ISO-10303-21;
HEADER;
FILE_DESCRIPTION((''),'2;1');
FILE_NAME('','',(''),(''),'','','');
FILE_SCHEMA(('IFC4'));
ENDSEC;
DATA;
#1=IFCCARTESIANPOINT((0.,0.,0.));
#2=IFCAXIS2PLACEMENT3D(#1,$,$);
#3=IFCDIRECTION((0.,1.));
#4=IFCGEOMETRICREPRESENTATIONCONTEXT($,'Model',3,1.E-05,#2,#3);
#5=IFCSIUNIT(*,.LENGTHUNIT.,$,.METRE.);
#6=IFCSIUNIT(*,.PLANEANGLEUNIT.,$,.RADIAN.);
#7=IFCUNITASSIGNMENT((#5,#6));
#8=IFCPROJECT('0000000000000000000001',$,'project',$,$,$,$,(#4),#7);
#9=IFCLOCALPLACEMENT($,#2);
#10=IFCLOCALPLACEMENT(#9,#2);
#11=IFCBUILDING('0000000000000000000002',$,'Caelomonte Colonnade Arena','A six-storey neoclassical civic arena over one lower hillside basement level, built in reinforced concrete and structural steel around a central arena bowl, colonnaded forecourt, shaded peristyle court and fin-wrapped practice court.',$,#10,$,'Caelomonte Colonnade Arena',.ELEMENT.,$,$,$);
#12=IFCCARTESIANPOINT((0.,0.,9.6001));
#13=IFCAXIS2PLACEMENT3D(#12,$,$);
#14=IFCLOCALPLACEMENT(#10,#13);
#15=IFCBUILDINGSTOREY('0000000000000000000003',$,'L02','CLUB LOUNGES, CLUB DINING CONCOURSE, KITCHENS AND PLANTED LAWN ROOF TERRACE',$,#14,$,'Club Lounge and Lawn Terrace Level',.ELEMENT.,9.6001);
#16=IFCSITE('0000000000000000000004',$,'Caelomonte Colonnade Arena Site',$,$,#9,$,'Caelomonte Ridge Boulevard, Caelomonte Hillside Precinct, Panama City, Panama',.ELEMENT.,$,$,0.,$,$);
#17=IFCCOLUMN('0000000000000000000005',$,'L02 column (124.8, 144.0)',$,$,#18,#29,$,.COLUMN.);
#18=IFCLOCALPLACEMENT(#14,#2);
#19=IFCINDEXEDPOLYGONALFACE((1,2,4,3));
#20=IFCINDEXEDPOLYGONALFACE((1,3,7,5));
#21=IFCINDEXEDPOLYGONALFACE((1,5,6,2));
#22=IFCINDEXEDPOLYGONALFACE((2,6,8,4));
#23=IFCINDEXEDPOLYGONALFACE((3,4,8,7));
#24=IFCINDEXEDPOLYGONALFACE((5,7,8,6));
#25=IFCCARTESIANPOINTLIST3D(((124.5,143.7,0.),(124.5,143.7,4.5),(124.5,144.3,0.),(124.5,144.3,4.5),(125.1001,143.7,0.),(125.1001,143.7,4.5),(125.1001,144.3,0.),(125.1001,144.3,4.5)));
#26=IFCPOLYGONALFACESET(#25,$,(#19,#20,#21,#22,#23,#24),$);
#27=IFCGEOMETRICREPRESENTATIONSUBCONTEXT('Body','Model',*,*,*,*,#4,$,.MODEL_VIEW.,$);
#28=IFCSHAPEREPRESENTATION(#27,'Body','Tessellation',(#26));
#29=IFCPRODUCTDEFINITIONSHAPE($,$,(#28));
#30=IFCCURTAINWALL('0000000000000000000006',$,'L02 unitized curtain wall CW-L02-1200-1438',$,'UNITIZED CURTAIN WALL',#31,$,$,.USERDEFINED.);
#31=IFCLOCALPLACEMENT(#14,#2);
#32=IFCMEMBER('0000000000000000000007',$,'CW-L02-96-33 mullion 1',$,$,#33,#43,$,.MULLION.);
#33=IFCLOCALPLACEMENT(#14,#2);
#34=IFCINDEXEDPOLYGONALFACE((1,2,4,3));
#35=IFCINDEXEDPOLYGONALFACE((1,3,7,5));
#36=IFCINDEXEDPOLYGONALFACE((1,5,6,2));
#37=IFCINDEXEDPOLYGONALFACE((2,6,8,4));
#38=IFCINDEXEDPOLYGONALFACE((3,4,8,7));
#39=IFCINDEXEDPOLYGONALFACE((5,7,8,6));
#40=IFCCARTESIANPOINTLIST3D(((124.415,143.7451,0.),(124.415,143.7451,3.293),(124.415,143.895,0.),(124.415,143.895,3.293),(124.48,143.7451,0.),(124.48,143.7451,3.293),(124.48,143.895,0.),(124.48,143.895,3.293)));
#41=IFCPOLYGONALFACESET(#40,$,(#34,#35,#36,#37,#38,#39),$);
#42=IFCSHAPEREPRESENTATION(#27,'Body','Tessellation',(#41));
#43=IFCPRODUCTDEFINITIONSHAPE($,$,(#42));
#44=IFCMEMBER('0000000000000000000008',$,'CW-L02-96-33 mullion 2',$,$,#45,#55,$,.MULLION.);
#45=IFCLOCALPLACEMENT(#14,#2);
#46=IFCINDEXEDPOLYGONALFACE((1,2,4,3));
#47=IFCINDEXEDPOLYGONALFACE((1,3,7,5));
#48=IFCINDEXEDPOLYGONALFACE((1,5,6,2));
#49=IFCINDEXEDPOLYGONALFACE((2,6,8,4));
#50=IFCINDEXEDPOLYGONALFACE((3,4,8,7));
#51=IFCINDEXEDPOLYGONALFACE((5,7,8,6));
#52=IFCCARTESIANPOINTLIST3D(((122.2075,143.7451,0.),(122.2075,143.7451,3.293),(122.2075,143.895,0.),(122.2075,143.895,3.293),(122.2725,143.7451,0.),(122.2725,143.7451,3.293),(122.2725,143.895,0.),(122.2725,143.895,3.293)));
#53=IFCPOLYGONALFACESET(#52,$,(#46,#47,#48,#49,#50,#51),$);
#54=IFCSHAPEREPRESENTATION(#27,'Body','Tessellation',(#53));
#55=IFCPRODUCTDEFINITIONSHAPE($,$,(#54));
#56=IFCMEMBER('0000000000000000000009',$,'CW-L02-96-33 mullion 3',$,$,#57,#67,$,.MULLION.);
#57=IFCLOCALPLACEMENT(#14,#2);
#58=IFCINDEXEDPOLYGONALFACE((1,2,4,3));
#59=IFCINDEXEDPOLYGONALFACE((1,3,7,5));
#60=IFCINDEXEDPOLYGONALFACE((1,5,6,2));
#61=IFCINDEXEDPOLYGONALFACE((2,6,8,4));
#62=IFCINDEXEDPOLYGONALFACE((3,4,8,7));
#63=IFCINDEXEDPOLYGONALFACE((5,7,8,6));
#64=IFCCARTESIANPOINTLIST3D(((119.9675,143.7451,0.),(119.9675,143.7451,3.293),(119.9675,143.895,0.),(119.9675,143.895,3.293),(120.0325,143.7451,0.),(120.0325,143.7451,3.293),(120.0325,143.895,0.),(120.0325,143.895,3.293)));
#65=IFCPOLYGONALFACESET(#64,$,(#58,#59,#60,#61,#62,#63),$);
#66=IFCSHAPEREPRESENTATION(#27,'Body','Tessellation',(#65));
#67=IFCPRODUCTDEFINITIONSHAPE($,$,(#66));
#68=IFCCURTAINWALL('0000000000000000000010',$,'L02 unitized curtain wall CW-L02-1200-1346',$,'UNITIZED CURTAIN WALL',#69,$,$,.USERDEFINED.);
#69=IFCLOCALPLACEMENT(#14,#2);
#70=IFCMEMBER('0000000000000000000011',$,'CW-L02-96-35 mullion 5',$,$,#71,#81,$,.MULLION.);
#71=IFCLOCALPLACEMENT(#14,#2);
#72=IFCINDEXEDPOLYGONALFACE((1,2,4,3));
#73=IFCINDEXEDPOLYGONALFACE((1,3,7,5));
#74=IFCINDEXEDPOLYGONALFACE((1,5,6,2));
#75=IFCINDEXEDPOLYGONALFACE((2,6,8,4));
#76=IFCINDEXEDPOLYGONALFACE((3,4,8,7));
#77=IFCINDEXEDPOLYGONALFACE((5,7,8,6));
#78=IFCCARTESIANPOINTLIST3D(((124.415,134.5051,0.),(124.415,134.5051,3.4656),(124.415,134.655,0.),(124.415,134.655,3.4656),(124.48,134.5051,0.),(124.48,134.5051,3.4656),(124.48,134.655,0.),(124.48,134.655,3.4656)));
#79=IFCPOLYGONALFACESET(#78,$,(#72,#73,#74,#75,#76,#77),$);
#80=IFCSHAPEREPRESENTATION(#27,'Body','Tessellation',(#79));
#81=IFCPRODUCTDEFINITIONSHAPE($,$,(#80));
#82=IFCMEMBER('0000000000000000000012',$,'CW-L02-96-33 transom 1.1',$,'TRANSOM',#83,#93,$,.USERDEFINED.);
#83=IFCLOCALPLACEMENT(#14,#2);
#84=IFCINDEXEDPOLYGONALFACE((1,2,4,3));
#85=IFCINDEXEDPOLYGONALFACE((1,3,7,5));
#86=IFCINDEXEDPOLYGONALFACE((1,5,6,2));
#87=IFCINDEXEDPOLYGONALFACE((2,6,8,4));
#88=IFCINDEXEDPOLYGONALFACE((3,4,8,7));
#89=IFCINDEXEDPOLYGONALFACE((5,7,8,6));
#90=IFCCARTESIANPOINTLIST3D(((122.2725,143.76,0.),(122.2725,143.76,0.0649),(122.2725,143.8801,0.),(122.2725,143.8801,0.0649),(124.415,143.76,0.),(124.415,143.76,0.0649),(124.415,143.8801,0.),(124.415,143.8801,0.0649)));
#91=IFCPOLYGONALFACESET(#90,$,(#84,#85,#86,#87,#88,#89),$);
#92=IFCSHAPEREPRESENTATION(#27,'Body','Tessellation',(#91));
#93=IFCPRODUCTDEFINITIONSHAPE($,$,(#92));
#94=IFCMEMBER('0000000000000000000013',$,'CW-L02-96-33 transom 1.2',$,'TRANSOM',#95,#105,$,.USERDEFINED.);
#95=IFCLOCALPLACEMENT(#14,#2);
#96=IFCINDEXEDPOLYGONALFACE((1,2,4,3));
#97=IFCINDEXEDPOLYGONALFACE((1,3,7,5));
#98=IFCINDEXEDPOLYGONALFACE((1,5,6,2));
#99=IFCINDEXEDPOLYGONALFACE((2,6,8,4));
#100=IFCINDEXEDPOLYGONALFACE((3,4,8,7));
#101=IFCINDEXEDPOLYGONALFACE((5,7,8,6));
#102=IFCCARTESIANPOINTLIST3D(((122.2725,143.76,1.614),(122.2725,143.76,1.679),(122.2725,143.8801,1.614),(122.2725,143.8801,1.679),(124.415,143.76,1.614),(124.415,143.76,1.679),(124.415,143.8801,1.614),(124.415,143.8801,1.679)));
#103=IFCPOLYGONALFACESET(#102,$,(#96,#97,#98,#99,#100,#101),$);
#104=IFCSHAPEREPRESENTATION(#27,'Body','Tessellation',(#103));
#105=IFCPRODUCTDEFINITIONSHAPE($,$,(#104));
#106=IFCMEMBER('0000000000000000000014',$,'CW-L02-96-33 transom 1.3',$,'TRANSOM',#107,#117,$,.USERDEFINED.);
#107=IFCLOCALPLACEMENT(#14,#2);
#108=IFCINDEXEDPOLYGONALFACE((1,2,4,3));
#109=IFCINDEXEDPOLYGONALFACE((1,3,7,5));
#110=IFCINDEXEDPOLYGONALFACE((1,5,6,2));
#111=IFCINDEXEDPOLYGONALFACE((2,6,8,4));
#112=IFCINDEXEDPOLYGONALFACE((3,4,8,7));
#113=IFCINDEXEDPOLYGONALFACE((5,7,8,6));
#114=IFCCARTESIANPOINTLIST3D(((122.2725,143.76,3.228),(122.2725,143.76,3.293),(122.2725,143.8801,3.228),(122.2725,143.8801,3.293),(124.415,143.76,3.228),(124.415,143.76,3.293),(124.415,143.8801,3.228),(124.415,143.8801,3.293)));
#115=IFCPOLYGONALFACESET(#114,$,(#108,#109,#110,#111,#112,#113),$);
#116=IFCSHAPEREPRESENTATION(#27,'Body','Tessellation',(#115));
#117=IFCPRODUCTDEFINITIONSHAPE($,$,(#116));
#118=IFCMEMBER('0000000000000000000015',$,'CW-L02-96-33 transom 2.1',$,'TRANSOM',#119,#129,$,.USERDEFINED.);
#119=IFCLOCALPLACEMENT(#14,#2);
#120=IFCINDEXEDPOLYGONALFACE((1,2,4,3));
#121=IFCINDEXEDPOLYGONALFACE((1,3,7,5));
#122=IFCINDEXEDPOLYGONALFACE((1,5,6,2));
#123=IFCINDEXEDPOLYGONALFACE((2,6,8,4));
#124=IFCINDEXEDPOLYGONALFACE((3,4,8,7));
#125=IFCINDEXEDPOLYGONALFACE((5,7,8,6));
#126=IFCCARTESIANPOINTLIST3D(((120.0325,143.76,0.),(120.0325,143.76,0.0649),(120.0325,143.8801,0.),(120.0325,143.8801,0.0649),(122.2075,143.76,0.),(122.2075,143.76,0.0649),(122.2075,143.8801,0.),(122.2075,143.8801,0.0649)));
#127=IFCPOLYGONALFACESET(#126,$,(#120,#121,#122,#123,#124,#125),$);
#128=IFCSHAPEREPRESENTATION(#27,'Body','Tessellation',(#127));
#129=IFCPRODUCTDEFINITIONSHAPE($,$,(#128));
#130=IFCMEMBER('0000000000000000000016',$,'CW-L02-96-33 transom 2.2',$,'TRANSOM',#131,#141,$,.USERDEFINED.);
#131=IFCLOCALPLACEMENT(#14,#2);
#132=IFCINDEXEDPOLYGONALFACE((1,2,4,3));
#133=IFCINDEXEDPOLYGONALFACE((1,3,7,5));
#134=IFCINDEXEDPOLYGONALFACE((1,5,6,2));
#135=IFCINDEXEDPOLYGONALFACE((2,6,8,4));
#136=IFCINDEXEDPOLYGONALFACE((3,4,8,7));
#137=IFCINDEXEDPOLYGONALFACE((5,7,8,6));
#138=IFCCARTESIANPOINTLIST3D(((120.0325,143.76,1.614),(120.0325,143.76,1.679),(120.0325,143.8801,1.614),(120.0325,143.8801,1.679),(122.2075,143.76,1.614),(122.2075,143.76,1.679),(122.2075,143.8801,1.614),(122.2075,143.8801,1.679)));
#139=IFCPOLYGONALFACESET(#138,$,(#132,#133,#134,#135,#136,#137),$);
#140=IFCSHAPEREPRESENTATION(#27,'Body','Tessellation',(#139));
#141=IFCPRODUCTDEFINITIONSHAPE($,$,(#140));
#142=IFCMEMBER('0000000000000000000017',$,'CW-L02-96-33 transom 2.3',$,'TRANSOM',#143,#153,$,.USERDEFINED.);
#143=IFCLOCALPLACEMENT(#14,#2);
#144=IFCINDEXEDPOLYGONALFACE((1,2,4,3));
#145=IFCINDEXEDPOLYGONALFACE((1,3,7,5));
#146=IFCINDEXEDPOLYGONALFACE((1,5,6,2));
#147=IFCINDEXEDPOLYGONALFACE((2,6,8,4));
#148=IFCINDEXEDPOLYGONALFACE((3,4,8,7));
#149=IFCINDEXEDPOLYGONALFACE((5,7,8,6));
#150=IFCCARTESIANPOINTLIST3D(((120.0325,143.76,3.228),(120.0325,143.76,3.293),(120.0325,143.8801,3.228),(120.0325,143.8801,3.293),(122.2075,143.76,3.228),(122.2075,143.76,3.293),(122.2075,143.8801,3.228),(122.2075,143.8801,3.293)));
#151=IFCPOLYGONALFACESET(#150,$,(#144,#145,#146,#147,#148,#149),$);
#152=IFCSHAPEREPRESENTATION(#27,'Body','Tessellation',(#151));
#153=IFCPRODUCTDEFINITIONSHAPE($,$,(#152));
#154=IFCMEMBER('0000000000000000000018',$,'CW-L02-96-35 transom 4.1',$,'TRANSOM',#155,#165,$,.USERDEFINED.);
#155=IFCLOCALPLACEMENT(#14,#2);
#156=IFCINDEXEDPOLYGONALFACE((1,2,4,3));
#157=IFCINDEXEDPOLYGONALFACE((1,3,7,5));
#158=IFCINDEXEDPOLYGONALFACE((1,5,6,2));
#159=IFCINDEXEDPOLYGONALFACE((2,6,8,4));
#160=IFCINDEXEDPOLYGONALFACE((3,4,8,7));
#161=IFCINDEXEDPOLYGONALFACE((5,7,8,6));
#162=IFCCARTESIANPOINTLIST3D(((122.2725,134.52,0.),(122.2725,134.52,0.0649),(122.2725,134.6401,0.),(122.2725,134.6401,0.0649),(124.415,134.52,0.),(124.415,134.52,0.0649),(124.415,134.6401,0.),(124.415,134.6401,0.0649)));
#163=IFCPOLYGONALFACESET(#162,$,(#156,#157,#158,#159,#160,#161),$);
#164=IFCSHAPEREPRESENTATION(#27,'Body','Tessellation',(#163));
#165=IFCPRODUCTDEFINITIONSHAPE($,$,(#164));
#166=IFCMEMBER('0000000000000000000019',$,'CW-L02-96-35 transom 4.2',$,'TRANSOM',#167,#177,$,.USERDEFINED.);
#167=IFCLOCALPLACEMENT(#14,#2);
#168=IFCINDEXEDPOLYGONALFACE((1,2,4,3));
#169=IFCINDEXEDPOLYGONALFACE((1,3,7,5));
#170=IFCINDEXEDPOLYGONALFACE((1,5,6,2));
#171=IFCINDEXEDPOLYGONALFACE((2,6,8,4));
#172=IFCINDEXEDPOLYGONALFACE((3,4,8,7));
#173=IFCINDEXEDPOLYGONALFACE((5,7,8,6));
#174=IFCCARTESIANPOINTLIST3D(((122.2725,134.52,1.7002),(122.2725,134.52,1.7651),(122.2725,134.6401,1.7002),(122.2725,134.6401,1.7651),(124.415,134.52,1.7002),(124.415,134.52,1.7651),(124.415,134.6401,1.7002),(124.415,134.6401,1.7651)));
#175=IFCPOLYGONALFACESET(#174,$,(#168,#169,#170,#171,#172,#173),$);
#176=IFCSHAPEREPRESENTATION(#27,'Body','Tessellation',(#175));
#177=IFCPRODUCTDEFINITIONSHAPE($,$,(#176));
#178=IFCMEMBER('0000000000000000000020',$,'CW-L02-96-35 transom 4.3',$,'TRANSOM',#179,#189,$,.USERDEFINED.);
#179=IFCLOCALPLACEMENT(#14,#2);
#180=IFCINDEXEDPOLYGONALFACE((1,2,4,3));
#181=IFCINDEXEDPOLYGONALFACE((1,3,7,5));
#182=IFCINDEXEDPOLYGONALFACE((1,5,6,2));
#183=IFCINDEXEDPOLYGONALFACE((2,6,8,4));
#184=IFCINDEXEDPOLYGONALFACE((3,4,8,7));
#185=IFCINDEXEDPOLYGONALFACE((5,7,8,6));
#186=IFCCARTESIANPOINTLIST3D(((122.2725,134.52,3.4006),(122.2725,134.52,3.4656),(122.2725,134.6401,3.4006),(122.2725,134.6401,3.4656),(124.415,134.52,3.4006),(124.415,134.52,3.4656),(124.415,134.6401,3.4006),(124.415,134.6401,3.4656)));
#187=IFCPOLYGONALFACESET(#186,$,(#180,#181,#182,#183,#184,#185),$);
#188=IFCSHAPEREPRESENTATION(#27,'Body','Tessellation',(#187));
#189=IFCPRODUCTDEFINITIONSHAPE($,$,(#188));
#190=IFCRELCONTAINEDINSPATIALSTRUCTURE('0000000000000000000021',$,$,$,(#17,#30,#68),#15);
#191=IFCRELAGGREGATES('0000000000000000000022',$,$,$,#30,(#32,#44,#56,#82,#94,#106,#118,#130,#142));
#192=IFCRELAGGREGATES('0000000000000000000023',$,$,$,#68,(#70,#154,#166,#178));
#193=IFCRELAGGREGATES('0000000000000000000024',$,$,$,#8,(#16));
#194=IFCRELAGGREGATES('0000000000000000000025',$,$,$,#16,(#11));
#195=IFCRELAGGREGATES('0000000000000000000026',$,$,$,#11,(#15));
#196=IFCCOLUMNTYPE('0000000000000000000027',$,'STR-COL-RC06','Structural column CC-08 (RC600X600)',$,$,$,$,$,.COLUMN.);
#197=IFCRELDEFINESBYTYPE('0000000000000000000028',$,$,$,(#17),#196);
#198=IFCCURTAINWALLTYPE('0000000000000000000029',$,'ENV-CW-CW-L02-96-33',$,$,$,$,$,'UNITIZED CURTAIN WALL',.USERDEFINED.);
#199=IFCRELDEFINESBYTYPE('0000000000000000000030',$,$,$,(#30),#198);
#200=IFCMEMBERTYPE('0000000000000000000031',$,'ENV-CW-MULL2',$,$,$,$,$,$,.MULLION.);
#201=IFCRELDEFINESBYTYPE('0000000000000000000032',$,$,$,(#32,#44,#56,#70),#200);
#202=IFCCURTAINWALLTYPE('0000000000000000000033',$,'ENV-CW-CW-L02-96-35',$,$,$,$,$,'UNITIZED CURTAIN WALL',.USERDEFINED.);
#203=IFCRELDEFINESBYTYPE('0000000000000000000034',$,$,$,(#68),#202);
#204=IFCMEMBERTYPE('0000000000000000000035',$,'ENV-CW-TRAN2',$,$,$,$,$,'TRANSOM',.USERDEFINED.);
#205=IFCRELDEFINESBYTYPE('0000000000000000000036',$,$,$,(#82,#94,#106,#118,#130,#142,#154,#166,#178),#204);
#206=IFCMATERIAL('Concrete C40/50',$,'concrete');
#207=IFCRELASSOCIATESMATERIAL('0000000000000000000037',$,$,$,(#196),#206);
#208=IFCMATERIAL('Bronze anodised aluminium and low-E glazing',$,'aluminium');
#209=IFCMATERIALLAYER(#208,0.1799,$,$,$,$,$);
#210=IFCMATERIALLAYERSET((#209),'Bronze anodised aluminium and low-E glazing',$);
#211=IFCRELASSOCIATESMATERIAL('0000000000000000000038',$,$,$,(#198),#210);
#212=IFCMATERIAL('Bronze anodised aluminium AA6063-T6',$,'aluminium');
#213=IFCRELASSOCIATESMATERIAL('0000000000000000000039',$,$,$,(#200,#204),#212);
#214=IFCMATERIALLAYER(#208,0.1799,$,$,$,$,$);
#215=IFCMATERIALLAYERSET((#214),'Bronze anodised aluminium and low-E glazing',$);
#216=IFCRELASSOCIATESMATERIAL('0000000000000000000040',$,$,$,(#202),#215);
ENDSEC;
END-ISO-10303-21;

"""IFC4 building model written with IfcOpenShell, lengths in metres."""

from ifc_helpers import new_model, si_unit, direction, frame, origin, origin_2d, place, context, subcontext, project, spatial, rectangle, extrude, material, layer, layer_set, material_profile, profile_set, type_object, element, aggregate, save


model = new_model("IFC4")

# Units and contexts
model_context = context("Model", 3, precision=1e-05, world=origin(), true_north=direction((0.0, 1.0)))
body_context = subcontext(model_context, "Body", "Model", "MODEL_VIEW")
ifc_project = project(units=[si_unit("LENGTHUNIT", "METRE"), si_unit("PLANEANGLEUNIT", "RADIAN")], contexts=[model_context])

# Site, building, storey
site_placement = place(None, origin())
site = spatial("IfcSite", under=ifc_project, at=site_placement, Name="Caelomonte Colonnade Arena Site", LongName="Caelomonte Ridge Boulevard, Caelomonte Hillside Precinct, Panama City, Panama", CompositionType="ELEMENT", RefElevation=0.0)
building_placement = place(site_placement, origin())
building = spatial("IfcBuilding", under=site, at=building_placement, Name="Caelomonte Colonnade Arena", Description="A six-storey neoclassical civic arena over one lower hillside basement level, built in reinforced concrete and structural steel around a central arena bowl, colonnaded forecourt, shaded peristyle court and fin-wrapped practice court.", LongName="Caelomonte Colonnade Arena", CompositionType="ELEMENT")
storey_placement = place(building_placement, frame((0.0, 0.0, 9.6001)))
storey = spatial("IfcBuildingStorey", under=building, at=storey_placement, Name="L02", Description="CLUB LOUNGES, CLUB DINING CONCOURSE, KITCHENS AND PLANTED LAWN ROOF TERRACE", LongName="Club Lounge and Lawn Terrace Level", CompositionType="ELEMENT", Elevation=9.6001)

# Column
ifc_material_1 = material(Name="Concrete C40/50", Category="concrete")
ifc_material_profile_1 = material_profile(ifc_material_1, rectangle(XDim=0.6001, YDim=0.6001, at=origin_2d()), Name="RC600X600")
ifc_profile_set_1 = profile_set([ifc_material_profile_1], Name="Concrete C40/50")
column_type = type_object("IfcColumnType", Name="STR-COL-RC06", Description="Structural column CC-08 (RC600X600)", PredefinedType="COLUMN", material=ifc_profile_set_1)
column_placement = place(storey_placement, frame((124.8, 144.0, 0.0), z_axis=(0.0, 0.0, 1.0), x_axis=(1.0, 0.0, 0.0)))
element("IfcColumn", 1, at=column_placement, inside=storey, type_object=column_type, Name="L02 column (124.8, 144.0)", PredefinedType="COLUMN", context=body_context, shape_type="SweptSolid", body=[
    extrude(rectangle(XDim=0.6001, YDim=0.6001, at=origin_2d()), origin(), (0.0, 0.0, 1.0), 4.5),
])

# Curtain wall, members
ifc_material_2 = material(Name="Bronze anodised aluminium and low-E glazing", Category="aluminium")
ifc_layer_1 = layer(ifc_material_2, 0.1799)
ifc_layer_set_1 = layer_set([ifc_layer_1], Name="Bronze anodised aluminium and low-E glazing")
curtain_wall_type_1 = type_object("IfcCurtainWallType", Name="ENV-CW-CW-L02-96-33", ElementType="UNITIZED CURTAIN WALL", PredefinedType="USERDEFINED", material=ifc_layer_set_1)
curtain_wall_1_placement = place(storey_placement, origin())
curtain_wall_1 = element("IfcCurtainWall", 2, at=curtain_wall_1_placement, inside=storey, type_object=curtain_wall_type_1, Name="L02 unitized curtain wall CW-L02-1200-1438", ObjectType="UNITIZED CURTAIN WALL", PredefinedType="USERDEFINED")
ifc_material_3 = material(Name="Bronze anodised aluminium AA6063-T6", Category="aluminium")
ifc_material_profile_2 = material_profile(ifc_material_3, rectangle(XDim=0.0649, YDim=0.1499, at=origin_2d()), Name="CWM-65X150")
ifc_profile_set_2 = profile_set([ifc_material_profile_2], Name="Bronze anodised aluminium AA6063-T6")
member_type_1 = type_object("IfcMemberType", Name="ENV-CW-MULL2", PredefinedType="MULLION", material=ifc_profile_set_2)
member_1_placement = place(storey_placement, frame((124.4475, 143.8201, 0.0), z_axis=(0.0, 0.0, 1.0), x_axis=(-1.0, 0.0, 0.0)))
member_1 = element("IfcMember", 3, at=member_1_placement, type_object=member_type_1, Name="CW-L02-96-33 mullion 1", PredefinedType="MULLION", context=body_context, shape_type="SweptSolid", body=[
    extrude(rectangle(XDim=0.0649, YDim=0.1499, at=origin_2d()), origin(), (0.0, 0.0, 1.0), 3.293),
])
member_2_placement = place(storey_placement, frame((122.24, 143.8201, 0.0), z_axis=(0.0, 0.0, 1.0), x_axis=(-1.0, 0.0, 0.0)))
member_2 = element("IfcMember", 4, at=member_2_placement, type_object=member_type_1, Name="CW-L02-96-33 mullion 2", PredefinedType="MULLION", context=body_context, shape_type="SweptSolid", body=[
    extrude(rectangle(XDim=0.0649, YDim=0.1499, at=origin_2d()), origin(), (0.0, 0.0, 1.0), 3.293),
])
member_3_placement = place(storey_placement, frame((120.0, 143.8201, 0.0), z_axis=(0.0, 0.0, 1.0), x_axis=(-1.0, 0.0, 0.0)))
member_3 = element("IfcMember", 5, at=member_3_placement, type_object=member_type_1, Name="CW-L02-96-33 mullion 3", PredefinedType="MULLION", context=body_context, shape_type="SweptSolid", body=[
    extrude(rectangle(XDim=0.0649, YDim=0.1499, at=origin_2d()), origin(), (0.0, 0.0, 1.0), 3.293),
])

# Curtain wall, member
ifc_layer_2 = layer(ifc_material_2, 0.1799)
ifc_layer_set_2 = layer_set([ifc_layer_2], Name="Bronze anodised aluminium and low-E glazing")
curtain_wall_type_2 = type_object("IfcCurtainWallType", Name="ENV-CW-CW-L02-96-35", ElementType="UNITIZED CURTAIN WALL", PredefinedType="USERDEFINED", material=ifc_layer_set_2)
curtain_wall_2_placement = place(storey_placement, origin())
curtain_wall_2 = element("IfcCurtainWall", 6, at=curtain_wall_2_placement, inside=storey, type_object=curtain_wall_type_2, Name="L02 unitized curtain wall CW-L02-1200-1346", ObjectType="UNITIZED CURTAIN WALL", PredefinedType="USERDEFINED")
member_4_placement = place(storey_placement, frame((124.4475, 134.5801, 0.0), z_axis=(0.0, 0.0, 1.0), x_axis=(1.0, 0.0, 0.0)))
member_4 = element("IfcMember", 7, at=member_4_placement, type_object=member_type_1, Name="CW-L02-96-35 mullion 5", PredefinedType="MULLION", context=body_context, shape_type="SweptSolid", body=[
    extrude(rectangle(XDim=0.0649, YDim=0.1499, at=origin_2d()), origin(), (0.0, 0.0, 1.0), 3.4656),
])

# Members
ifc_material_profile_3 = material_profile(ifc_material_3, rectangle(XDim=0.0649, YDim=0.1201, at=origin_2d()), Name="CWT-65X120")
ifc_profile_set_3 = profile_set([ifc_material_profile_3], Name="Bronze anodised aluminium AA6063-T6")
member_type_2 = type_object("IfcMemberType", Name="ENV-CW-TRAN2", ElementType="TRANSOM", PredefinedType="USERDEFINED", material=ifc_profile_set_3)
member_5_placement = place(storey_placement, frame((124.415, 143.8201, 0.0325), z_axis=(-1.0, 0.0, 0.0), x_axis=(0.0, 0.0, 1.0)))
member_5 = element("IfcMember", 8, at=member_5_placement, type_object=member_type_2, Name="CW-L02-96-33 transom 1.1", ObjectType="TRANSOM", PredefinedType="USERDEFINED", context=body_context, shape_type="SweptSolid", body=[
    extrude(rectangle(XDim=0.0649, YDim=0.1201, at=origin_2d()), origin(), (0.0, 0.0, 1.0), 2.1426),
])
member_6_placement = place(storey_placement, frame((124.415, 143.8201, 1.6465), z_axis=(-1.0, 0.0, 0.0), x_axis=(0.0, 0.0, 1.0)))
member_6 = element("IfcMember", 9, at=member_6_placement, type_object=member_type_2, Name="CW-L02-96-33 transom 1.2", ObjectType="TRANSOM", PredefinedType="USERDEFINED", context=body_context, shape_type="SweptSolid", body=[
    extrude(rectangle(XDim=0.0649, YDim=0.1201, at=origin_2d()), origin(), (0.0, 0.0, 1.0), 2.1426),
])
member_7_placement = place(storey_placement, frame((124.415, 143.8201, 3.2605), z_axis=(-1.0, 0.0, 0.0), x_axis=(0.0, 0.0, 1.0)))
member_7 = element("IfcMember", 10, at=member_7_placement, type_object=member_type_2, Name="CW-L02-96-33 transom 1.3", ObjectType="TRANSOM", PredefinedType="USERDEFINED", context=body_context, shape_type="SweptSolid", body=[
    extrude(rectangle(XDim=0.0649, YDim=0.1201, at=origin_2d()), origin(), (0.0, 0.0, 1.0), 2.1426),
])
member_8_placement = place(storey_placement, frame((122.2075, 143.8201, 0.0325), z_axis=(-1.0, 0.0, 0.0), x_axis=(0.0, 0.0, 1.0)))
member_8 = element("IfcMember", 11, at=member_8_placement, type_object=member_type_2, Name="CW-L02-96-33 transom 2.1", ObjectType="TRANSOM", PredefinedType="USERDEFINED", context=body_context, shape_type="SweptSolid", body=[
    extrude(rectangle(XDim=0.0649, YDim=0.1201, at=origin_2d()), origin(), (0.0, 0.0, 1.0), 2.175),
])
member_9_placement = place(storey_placement, frame((122.2075, 143.8201, 1.6465), z_axis=(-1.0, 0.0, 0.0), x_axis=(0.0, 0.0, 1.0)))
member_9 = element("IfcMember", 12, at=member_9_placement, type_object=member_type_2, Name="CW-L02-96-33 transom 2.2", ObjectType="TRANSOM", PredefinedType="USERDEFINED", context=body_context, shape_type="SweptSolid", body=[
    extrude(rectangle(XDim=0.0649, YDim=0.1201, at=origin_2d()), origin(), (0.0, 0.0, 1.0), 2.175),
])
member_10_placement = place(storey_placement, frame((122.2075, 143.8201, 3.2605), z_axis=(-1.0, 0.0, 0.0), x_axis=(0.0, 0.0, 1.0)))
member_10 = element("IfcMember", 13, at=member_10_placement, type_object=member_type_2, Name="CW-L02-96-33 transom 2.3", ObjectType="TRANSOM", PredefinedType="USERDEFINED", context=body_context, shape_type="SweptSolid", body=[
    extrude(rectangle(XDim=0.0649, YDim=0.1201, at=origin_2d()), origin(), (0.0, 0.0, 1.0), 2.175),
])
member_11_placement = place(storey_placement, frame((122.2725, 134.5801, 0.0325), z_axis=(1.0, 0.0, 0.0), x_axis=(0.0, 0.0, 1.0)))
member_11 = element("IfcMember", 14, at=member_11_placement, type_object=member_type_2, Name="CW-L02-96-35 transom 4.1", ObjectType="TRANSOM", PredefinedType="USERDEFINED", context=body_context, shape_type="SweptSolid", body=[
    extrude(rectangle(XDim=0.0649, YDim=0.1201, at=origin_2d()), origin(), (0.0, 0.0, 1.0), 2.1426),
])
member_12_placement = place(storey_placement, frame((122.2725, 134.5801, 1.7327), z_axis=(1.0, 0.0, 0.0), x_axis=(0.0, 0.0, 1.0)))
member_12 = element("IfcMember", 15, at=member_12_placement, type_object=member_type_2, Name="CW-L02-96-35 transom 4.2", ObjectType="TRANSOM", PredefinedType="USERDEFINED", context=body_context, shape_type="SweptSolid", body=[
    extrude(rectangle(XDim=0.0649, YDim=0.1201, at=origin_2d()), origin(), (0.0, 0.0, 1.0), 2.1426),
])
member_13_placement = place(storey_placement, frame((122.2725, 134.5801, 3.4331), z_axis=(1.0, 0.0, 0.0), x_axis=(0.0, 0.0, 1.0)))
member_13 = element("IfcMember", 16, at=member_13_placement, type_object=member_type_2, Name="CW-L02-96-35 transom 4.3", ObjectType="TRANSOM", PredefinedType="USERDEFINED", context=body_context, shape_type="SweptSolid", body=[
    extrude(rectangle(XDim=0.0649, YDim=0.1201, at=origin_2d()), origin(), (0.0, 0.0, 1.0), 2.1426),
])

aggregate(curtain_wall_1, [member_1, member_2, member_3, member_5, member_6, member_7, member_8, member_9, member_10])
aggregate(curtain_wall_2, [member_4, member_11, member_12, member_13])

save(model, "model.ifc")
